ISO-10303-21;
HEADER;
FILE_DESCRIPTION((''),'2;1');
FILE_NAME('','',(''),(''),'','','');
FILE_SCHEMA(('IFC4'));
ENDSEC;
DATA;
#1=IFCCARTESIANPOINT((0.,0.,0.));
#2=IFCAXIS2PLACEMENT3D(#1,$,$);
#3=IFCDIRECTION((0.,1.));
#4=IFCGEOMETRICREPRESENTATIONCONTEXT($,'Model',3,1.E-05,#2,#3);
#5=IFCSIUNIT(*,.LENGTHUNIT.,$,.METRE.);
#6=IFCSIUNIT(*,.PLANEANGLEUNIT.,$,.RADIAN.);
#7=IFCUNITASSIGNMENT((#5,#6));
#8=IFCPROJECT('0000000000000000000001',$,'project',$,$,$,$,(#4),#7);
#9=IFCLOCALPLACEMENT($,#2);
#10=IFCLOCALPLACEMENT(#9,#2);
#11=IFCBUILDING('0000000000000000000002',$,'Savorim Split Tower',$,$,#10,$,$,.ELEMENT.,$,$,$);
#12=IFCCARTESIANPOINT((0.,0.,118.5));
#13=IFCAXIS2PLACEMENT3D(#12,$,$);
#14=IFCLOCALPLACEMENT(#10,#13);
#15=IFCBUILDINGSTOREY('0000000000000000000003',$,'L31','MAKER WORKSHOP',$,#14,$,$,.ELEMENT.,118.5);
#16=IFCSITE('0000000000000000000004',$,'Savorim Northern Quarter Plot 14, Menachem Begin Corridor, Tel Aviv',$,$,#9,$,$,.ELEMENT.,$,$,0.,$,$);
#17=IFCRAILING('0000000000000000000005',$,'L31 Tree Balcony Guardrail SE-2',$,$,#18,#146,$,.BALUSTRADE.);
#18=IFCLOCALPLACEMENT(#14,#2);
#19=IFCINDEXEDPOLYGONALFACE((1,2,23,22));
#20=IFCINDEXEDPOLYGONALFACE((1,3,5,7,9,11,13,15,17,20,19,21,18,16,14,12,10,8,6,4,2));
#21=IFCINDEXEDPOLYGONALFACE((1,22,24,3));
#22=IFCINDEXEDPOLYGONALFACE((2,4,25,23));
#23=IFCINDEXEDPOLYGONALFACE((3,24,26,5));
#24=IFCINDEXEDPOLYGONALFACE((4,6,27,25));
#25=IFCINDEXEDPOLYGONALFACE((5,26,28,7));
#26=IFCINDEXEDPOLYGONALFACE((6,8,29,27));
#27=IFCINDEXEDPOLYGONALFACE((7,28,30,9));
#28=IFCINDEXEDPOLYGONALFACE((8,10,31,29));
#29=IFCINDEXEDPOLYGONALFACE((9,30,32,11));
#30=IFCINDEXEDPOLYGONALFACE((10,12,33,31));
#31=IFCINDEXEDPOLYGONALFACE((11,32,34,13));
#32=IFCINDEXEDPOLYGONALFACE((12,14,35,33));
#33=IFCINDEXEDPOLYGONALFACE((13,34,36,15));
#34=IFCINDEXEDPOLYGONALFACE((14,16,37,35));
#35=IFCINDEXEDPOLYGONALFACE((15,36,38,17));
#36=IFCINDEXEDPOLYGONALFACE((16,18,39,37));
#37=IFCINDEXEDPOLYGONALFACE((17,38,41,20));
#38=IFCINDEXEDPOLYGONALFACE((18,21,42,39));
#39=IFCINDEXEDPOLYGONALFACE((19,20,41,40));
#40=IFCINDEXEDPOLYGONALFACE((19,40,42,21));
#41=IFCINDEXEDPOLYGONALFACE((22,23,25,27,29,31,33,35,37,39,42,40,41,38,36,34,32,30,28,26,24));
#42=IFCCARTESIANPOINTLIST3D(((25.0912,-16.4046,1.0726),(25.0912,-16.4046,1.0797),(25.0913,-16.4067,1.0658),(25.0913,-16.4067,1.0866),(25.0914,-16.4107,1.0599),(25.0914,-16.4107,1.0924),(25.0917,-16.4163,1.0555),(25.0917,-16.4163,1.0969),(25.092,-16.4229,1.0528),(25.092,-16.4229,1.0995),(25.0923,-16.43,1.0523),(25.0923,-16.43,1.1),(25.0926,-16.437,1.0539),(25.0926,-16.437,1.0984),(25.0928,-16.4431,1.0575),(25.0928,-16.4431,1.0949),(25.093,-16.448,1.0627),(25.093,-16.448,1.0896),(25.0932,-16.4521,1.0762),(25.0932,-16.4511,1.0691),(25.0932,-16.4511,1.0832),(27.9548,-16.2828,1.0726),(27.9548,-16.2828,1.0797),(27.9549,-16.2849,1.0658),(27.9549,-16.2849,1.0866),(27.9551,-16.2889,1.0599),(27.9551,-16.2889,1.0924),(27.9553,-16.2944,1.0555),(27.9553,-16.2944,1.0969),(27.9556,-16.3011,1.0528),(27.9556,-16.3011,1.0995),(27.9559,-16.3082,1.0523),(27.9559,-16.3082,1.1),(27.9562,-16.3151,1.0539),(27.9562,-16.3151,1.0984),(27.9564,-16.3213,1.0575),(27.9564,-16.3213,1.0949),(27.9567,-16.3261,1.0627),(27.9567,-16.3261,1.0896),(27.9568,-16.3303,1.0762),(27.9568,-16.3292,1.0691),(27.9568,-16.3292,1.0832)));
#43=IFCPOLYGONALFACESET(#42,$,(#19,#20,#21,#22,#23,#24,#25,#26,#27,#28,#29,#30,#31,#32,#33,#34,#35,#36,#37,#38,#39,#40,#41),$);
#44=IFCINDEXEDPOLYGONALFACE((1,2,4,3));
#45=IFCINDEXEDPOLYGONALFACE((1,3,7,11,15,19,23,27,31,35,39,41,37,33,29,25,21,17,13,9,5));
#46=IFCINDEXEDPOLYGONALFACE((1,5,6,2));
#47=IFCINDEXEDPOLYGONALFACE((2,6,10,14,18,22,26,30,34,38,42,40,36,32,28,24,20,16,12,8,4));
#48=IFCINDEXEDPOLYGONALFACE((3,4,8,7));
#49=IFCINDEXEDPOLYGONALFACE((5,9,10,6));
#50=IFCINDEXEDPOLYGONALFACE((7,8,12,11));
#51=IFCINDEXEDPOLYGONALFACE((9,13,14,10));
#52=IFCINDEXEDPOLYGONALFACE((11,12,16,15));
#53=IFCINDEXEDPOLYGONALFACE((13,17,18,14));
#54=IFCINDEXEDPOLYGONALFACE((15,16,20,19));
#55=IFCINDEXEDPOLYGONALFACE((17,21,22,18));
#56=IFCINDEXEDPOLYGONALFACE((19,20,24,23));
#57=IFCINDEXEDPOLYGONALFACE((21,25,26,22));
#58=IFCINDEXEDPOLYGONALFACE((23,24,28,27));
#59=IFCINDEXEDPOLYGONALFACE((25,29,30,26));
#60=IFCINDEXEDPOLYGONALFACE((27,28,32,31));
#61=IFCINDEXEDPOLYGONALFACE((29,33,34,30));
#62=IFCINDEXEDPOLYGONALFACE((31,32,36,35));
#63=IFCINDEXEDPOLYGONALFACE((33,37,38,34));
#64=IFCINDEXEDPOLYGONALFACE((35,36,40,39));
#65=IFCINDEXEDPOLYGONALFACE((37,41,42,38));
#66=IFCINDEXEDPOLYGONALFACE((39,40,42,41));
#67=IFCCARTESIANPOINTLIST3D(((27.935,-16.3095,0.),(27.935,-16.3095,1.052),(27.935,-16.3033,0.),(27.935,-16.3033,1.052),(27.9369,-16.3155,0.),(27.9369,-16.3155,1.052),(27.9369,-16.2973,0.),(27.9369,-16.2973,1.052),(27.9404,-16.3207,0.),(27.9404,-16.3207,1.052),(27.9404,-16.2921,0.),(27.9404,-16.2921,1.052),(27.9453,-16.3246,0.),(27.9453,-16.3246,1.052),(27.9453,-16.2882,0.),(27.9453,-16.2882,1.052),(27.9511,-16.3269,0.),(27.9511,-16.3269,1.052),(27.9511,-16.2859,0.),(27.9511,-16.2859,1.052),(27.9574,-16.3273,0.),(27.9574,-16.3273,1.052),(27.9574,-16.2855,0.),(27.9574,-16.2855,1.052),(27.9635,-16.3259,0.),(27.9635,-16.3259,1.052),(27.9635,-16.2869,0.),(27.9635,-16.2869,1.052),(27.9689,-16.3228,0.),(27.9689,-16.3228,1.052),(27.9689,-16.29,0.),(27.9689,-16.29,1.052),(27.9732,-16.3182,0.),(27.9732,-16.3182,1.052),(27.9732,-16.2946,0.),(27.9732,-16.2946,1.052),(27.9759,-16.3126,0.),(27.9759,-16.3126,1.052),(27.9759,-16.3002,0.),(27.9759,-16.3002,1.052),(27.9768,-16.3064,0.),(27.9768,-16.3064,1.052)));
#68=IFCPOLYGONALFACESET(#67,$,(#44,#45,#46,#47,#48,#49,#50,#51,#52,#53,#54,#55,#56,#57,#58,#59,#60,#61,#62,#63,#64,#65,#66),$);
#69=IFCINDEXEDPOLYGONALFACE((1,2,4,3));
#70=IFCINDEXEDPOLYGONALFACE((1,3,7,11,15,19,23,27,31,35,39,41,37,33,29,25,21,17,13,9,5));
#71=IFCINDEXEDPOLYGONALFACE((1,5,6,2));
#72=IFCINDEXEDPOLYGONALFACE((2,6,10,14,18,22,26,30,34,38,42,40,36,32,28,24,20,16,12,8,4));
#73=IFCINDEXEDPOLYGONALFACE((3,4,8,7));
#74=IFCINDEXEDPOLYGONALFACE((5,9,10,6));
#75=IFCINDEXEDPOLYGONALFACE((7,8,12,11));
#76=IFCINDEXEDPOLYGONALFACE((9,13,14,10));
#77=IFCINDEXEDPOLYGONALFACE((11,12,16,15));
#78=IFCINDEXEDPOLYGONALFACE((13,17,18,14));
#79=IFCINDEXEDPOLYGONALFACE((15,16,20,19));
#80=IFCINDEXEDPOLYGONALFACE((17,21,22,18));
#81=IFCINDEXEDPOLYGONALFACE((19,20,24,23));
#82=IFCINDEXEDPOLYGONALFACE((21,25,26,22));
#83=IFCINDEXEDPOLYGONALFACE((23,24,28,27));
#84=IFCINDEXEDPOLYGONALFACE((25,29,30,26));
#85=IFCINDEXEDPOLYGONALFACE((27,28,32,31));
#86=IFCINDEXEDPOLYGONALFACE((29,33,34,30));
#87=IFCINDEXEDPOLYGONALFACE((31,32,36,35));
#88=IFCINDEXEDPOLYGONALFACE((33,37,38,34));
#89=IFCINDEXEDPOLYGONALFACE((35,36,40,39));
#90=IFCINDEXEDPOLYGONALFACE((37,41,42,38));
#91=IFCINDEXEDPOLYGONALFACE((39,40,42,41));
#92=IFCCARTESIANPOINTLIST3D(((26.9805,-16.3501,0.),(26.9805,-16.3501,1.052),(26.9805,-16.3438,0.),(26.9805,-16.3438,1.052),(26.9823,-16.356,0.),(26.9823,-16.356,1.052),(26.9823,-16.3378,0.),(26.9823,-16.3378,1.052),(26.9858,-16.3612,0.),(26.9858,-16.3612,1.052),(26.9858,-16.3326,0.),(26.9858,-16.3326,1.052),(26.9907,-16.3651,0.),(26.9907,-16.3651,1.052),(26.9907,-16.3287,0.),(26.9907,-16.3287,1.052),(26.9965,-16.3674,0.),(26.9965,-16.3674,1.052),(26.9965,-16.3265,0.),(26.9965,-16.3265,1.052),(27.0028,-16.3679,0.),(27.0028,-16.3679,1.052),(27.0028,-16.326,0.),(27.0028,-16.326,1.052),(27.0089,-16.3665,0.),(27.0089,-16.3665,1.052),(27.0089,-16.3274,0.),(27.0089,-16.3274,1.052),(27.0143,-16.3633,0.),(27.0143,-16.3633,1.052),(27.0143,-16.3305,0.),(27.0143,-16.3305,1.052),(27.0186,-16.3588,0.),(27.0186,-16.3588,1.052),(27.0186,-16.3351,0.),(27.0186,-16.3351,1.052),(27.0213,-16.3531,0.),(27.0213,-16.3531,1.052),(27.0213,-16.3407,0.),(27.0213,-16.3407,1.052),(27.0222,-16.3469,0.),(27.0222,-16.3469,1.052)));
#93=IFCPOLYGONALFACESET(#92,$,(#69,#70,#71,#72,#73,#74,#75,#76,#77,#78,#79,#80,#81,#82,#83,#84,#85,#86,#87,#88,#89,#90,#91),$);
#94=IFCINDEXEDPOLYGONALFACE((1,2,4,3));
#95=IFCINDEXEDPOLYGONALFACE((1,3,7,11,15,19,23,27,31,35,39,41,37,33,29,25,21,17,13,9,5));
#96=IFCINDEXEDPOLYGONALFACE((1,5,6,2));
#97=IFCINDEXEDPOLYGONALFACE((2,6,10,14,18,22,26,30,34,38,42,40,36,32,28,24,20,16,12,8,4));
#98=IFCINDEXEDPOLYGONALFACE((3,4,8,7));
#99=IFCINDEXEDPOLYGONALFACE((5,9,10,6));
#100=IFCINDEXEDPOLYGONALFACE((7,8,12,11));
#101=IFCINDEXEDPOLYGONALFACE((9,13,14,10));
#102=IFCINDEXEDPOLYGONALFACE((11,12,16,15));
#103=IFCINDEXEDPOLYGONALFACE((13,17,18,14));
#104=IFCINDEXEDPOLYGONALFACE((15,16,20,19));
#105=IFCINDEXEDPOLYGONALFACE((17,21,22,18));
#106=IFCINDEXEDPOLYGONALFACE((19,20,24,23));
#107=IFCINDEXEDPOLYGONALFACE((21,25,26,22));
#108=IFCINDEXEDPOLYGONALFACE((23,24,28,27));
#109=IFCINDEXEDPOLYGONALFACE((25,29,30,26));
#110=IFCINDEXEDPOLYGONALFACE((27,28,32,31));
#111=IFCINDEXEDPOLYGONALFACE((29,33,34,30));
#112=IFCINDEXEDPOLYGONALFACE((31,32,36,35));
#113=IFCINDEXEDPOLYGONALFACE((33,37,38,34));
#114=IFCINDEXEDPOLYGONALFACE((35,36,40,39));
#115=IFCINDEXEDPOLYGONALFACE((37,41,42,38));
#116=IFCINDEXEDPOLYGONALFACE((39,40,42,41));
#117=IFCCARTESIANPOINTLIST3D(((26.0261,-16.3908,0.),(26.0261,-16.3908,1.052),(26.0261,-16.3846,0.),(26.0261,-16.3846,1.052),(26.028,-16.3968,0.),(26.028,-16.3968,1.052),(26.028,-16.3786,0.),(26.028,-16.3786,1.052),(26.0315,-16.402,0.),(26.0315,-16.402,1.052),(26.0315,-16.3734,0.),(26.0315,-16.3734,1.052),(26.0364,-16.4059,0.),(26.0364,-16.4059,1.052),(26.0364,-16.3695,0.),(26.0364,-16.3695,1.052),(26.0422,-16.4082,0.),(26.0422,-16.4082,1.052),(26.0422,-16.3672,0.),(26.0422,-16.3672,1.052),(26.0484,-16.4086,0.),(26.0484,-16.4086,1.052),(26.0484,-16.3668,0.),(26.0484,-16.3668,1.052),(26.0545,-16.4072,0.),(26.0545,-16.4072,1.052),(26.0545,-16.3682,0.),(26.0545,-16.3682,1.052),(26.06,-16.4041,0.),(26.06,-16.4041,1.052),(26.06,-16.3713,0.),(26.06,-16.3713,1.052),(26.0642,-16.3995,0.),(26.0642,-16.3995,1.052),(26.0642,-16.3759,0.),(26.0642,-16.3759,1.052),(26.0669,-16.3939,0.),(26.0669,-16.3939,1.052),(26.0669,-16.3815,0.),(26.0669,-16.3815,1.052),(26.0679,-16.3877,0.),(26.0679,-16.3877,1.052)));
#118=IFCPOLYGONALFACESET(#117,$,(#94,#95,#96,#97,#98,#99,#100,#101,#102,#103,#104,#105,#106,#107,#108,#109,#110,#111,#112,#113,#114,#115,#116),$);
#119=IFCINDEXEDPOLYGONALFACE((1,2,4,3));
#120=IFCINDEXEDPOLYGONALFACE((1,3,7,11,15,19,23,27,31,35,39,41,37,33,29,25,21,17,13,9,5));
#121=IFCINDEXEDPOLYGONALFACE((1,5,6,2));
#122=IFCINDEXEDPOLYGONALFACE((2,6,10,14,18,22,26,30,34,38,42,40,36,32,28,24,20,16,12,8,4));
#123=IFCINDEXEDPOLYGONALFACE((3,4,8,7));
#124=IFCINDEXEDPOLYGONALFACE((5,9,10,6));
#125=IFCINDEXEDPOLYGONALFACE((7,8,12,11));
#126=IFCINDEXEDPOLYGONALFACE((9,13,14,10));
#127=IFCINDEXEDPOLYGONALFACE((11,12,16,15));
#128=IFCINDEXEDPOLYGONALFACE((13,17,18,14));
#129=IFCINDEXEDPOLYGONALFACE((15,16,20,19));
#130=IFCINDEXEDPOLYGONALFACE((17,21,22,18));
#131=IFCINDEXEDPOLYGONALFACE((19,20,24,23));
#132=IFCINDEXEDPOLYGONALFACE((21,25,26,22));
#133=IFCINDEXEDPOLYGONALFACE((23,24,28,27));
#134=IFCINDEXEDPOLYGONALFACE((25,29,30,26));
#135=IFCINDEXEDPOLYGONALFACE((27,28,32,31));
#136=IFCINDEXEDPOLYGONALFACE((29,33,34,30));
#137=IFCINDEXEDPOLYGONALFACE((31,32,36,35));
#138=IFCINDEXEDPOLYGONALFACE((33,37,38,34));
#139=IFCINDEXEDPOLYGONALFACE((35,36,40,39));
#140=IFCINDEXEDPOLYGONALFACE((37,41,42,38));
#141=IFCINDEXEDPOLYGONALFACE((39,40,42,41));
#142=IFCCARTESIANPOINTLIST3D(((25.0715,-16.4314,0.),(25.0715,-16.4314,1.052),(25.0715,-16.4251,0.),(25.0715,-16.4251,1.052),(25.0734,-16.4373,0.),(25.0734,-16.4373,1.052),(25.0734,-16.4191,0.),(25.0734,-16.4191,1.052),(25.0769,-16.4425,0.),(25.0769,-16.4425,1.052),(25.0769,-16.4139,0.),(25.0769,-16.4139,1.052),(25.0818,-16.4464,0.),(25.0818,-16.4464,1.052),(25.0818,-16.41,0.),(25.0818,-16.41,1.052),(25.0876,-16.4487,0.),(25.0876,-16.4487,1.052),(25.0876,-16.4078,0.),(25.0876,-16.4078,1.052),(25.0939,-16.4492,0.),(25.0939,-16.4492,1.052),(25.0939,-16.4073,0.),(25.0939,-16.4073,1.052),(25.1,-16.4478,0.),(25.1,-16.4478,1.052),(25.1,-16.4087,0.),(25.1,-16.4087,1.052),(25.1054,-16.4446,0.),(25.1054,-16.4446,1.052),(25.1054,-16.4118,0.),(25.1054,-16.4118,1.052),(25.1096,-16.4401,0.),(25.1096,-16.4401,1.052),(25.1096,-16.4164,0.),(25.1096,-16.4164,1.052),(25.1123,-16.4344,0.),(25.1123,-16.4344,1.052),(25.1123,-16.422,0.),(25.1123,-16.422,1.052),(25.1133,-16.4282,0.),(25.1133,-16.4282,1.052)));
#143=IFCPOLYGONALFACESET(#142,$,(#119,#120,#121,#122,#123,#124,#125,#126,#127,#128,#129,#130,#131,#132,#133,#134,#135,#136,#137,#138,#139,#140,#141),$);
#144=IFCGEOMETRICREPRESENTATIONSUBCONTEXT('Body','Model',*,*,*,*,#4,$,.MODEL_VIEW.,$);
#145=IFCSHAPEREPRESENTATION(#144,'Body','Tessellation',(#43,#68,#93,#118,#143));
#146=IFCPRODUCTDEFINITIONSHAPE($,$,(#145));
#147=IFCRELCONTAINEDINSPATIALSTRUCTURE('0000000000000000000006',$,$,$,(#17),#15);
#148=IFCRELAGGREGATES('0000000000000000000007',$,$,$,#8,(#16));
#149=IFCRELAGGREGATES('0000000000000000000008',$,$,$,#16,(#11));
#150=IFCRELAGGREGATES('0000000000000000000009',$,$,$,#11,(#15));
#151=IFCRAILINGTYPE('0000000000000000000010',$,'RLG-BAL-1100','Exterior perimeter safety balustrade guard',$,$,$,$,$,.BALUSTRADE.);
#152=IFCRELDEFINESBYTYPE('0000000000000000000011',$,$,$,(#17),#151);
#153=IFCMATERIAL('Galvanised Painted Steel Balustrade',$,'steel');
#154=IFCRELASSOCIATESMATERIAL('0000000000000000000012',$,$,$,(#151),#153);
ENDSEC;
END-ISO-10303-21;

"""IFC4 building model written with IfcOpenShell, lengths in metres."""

from ifc_helpers import new_model, si_unit, direction, frame, origin, origin_2d, place, context, subcontext, project, spatial, circle, extrude, material, type_object, element, save


model = new_model("IFC4")

# Units and contexts
model_context = context("Model", 3, precision=1e-05, world=origin(), true_north=direction((0.0, 1.0)))
body_context = subcontext(model_context, "Body", "Model", "MODEL_VIEW")
ifc_project = project(units=[si_unit("LENGTHUNIT", "METRE"), si_unit("PLANEANGLEUNIT", "RADIAN")], contexts=[model_context])

# Site, building, storey
site_placement = place(None, origin())
site = spatial("IfcSite", under=ifc_project, at=site_placement, Name="Savorim Northern Quarter Plot 14, Menachem Begin Corridor, Tel Aviv", CompositionType="ELEMENT", RefElevation=0.0)
building_placement = place(site_placement, origin())
building = spatial("IfcBuilding", under=site, at=building_placement, Name="Savorim Split Tower", CompositionType="ELEMENT")
storey_placement = place(building_placement, frame((0.0, 0.0, 118.5)))
storey = spatial("IfcBuildingStorey", under=building, at=storey_placement, Name="L31", Description="MAKER WORKSHOP", CompositionType="ELEMENT", Elevation=118.5)

# Railing
ifc_material_1 = material(Name="Galvanised Painted Steel Balustrade", Category="steel")
railing_type = type_object("IfcRailingType", Name="RLG-BAL-1100", Description="Exterior perimeter safety balustrade guard", PredefinedType="BALUSTRADE", material=ifc_material_1)
railing_1_placement = place(storey_placement, frame((27.9558, -16.3064, 0.0)))
element("IfcRailing", 1, at=railing_1_placement, inside=storey, type_object=railing_type, Name="L31 Tree Balcony Guardrail SE-2", PredefinedType="BALUSTRADE", context=body_context, shape_type="SweptSolid", body=[
    extrude(circle(Radius=0.0239, at=origin_2d()), frame((0.0, 0.0, 1.0762), z_axis=(-0.999096, -0.042506, 0.0), x_axis=(0.042506, -0.999096, 0.0)), (0.0, 0.0, 1.0), 2.8662),
    extrude(circle(Radius=0.021, at=origin_2d()), origin(), (0.0, 0.0, 1.0), 1.052),
    extrude(circle(Radius=0.021, at=origin_2d()), frame((-0.9546, -0.0405, 0.0)), (0.0, 0.0, 1.0), 1.052),
    extrude(circle(Radius=0.021, at=origin_2d()), frame((-1.9089, -0.0813, 0.0)), (0.0, 0.0, 1.0), 1.052),
    extrude(circle(Radius=0.021, at=origin_2d()), frame((-2.8635, -0.1218, 0.0)), (0.0, 0.0, 1.0), 1.052),
])

save(model, "model.ifc")
